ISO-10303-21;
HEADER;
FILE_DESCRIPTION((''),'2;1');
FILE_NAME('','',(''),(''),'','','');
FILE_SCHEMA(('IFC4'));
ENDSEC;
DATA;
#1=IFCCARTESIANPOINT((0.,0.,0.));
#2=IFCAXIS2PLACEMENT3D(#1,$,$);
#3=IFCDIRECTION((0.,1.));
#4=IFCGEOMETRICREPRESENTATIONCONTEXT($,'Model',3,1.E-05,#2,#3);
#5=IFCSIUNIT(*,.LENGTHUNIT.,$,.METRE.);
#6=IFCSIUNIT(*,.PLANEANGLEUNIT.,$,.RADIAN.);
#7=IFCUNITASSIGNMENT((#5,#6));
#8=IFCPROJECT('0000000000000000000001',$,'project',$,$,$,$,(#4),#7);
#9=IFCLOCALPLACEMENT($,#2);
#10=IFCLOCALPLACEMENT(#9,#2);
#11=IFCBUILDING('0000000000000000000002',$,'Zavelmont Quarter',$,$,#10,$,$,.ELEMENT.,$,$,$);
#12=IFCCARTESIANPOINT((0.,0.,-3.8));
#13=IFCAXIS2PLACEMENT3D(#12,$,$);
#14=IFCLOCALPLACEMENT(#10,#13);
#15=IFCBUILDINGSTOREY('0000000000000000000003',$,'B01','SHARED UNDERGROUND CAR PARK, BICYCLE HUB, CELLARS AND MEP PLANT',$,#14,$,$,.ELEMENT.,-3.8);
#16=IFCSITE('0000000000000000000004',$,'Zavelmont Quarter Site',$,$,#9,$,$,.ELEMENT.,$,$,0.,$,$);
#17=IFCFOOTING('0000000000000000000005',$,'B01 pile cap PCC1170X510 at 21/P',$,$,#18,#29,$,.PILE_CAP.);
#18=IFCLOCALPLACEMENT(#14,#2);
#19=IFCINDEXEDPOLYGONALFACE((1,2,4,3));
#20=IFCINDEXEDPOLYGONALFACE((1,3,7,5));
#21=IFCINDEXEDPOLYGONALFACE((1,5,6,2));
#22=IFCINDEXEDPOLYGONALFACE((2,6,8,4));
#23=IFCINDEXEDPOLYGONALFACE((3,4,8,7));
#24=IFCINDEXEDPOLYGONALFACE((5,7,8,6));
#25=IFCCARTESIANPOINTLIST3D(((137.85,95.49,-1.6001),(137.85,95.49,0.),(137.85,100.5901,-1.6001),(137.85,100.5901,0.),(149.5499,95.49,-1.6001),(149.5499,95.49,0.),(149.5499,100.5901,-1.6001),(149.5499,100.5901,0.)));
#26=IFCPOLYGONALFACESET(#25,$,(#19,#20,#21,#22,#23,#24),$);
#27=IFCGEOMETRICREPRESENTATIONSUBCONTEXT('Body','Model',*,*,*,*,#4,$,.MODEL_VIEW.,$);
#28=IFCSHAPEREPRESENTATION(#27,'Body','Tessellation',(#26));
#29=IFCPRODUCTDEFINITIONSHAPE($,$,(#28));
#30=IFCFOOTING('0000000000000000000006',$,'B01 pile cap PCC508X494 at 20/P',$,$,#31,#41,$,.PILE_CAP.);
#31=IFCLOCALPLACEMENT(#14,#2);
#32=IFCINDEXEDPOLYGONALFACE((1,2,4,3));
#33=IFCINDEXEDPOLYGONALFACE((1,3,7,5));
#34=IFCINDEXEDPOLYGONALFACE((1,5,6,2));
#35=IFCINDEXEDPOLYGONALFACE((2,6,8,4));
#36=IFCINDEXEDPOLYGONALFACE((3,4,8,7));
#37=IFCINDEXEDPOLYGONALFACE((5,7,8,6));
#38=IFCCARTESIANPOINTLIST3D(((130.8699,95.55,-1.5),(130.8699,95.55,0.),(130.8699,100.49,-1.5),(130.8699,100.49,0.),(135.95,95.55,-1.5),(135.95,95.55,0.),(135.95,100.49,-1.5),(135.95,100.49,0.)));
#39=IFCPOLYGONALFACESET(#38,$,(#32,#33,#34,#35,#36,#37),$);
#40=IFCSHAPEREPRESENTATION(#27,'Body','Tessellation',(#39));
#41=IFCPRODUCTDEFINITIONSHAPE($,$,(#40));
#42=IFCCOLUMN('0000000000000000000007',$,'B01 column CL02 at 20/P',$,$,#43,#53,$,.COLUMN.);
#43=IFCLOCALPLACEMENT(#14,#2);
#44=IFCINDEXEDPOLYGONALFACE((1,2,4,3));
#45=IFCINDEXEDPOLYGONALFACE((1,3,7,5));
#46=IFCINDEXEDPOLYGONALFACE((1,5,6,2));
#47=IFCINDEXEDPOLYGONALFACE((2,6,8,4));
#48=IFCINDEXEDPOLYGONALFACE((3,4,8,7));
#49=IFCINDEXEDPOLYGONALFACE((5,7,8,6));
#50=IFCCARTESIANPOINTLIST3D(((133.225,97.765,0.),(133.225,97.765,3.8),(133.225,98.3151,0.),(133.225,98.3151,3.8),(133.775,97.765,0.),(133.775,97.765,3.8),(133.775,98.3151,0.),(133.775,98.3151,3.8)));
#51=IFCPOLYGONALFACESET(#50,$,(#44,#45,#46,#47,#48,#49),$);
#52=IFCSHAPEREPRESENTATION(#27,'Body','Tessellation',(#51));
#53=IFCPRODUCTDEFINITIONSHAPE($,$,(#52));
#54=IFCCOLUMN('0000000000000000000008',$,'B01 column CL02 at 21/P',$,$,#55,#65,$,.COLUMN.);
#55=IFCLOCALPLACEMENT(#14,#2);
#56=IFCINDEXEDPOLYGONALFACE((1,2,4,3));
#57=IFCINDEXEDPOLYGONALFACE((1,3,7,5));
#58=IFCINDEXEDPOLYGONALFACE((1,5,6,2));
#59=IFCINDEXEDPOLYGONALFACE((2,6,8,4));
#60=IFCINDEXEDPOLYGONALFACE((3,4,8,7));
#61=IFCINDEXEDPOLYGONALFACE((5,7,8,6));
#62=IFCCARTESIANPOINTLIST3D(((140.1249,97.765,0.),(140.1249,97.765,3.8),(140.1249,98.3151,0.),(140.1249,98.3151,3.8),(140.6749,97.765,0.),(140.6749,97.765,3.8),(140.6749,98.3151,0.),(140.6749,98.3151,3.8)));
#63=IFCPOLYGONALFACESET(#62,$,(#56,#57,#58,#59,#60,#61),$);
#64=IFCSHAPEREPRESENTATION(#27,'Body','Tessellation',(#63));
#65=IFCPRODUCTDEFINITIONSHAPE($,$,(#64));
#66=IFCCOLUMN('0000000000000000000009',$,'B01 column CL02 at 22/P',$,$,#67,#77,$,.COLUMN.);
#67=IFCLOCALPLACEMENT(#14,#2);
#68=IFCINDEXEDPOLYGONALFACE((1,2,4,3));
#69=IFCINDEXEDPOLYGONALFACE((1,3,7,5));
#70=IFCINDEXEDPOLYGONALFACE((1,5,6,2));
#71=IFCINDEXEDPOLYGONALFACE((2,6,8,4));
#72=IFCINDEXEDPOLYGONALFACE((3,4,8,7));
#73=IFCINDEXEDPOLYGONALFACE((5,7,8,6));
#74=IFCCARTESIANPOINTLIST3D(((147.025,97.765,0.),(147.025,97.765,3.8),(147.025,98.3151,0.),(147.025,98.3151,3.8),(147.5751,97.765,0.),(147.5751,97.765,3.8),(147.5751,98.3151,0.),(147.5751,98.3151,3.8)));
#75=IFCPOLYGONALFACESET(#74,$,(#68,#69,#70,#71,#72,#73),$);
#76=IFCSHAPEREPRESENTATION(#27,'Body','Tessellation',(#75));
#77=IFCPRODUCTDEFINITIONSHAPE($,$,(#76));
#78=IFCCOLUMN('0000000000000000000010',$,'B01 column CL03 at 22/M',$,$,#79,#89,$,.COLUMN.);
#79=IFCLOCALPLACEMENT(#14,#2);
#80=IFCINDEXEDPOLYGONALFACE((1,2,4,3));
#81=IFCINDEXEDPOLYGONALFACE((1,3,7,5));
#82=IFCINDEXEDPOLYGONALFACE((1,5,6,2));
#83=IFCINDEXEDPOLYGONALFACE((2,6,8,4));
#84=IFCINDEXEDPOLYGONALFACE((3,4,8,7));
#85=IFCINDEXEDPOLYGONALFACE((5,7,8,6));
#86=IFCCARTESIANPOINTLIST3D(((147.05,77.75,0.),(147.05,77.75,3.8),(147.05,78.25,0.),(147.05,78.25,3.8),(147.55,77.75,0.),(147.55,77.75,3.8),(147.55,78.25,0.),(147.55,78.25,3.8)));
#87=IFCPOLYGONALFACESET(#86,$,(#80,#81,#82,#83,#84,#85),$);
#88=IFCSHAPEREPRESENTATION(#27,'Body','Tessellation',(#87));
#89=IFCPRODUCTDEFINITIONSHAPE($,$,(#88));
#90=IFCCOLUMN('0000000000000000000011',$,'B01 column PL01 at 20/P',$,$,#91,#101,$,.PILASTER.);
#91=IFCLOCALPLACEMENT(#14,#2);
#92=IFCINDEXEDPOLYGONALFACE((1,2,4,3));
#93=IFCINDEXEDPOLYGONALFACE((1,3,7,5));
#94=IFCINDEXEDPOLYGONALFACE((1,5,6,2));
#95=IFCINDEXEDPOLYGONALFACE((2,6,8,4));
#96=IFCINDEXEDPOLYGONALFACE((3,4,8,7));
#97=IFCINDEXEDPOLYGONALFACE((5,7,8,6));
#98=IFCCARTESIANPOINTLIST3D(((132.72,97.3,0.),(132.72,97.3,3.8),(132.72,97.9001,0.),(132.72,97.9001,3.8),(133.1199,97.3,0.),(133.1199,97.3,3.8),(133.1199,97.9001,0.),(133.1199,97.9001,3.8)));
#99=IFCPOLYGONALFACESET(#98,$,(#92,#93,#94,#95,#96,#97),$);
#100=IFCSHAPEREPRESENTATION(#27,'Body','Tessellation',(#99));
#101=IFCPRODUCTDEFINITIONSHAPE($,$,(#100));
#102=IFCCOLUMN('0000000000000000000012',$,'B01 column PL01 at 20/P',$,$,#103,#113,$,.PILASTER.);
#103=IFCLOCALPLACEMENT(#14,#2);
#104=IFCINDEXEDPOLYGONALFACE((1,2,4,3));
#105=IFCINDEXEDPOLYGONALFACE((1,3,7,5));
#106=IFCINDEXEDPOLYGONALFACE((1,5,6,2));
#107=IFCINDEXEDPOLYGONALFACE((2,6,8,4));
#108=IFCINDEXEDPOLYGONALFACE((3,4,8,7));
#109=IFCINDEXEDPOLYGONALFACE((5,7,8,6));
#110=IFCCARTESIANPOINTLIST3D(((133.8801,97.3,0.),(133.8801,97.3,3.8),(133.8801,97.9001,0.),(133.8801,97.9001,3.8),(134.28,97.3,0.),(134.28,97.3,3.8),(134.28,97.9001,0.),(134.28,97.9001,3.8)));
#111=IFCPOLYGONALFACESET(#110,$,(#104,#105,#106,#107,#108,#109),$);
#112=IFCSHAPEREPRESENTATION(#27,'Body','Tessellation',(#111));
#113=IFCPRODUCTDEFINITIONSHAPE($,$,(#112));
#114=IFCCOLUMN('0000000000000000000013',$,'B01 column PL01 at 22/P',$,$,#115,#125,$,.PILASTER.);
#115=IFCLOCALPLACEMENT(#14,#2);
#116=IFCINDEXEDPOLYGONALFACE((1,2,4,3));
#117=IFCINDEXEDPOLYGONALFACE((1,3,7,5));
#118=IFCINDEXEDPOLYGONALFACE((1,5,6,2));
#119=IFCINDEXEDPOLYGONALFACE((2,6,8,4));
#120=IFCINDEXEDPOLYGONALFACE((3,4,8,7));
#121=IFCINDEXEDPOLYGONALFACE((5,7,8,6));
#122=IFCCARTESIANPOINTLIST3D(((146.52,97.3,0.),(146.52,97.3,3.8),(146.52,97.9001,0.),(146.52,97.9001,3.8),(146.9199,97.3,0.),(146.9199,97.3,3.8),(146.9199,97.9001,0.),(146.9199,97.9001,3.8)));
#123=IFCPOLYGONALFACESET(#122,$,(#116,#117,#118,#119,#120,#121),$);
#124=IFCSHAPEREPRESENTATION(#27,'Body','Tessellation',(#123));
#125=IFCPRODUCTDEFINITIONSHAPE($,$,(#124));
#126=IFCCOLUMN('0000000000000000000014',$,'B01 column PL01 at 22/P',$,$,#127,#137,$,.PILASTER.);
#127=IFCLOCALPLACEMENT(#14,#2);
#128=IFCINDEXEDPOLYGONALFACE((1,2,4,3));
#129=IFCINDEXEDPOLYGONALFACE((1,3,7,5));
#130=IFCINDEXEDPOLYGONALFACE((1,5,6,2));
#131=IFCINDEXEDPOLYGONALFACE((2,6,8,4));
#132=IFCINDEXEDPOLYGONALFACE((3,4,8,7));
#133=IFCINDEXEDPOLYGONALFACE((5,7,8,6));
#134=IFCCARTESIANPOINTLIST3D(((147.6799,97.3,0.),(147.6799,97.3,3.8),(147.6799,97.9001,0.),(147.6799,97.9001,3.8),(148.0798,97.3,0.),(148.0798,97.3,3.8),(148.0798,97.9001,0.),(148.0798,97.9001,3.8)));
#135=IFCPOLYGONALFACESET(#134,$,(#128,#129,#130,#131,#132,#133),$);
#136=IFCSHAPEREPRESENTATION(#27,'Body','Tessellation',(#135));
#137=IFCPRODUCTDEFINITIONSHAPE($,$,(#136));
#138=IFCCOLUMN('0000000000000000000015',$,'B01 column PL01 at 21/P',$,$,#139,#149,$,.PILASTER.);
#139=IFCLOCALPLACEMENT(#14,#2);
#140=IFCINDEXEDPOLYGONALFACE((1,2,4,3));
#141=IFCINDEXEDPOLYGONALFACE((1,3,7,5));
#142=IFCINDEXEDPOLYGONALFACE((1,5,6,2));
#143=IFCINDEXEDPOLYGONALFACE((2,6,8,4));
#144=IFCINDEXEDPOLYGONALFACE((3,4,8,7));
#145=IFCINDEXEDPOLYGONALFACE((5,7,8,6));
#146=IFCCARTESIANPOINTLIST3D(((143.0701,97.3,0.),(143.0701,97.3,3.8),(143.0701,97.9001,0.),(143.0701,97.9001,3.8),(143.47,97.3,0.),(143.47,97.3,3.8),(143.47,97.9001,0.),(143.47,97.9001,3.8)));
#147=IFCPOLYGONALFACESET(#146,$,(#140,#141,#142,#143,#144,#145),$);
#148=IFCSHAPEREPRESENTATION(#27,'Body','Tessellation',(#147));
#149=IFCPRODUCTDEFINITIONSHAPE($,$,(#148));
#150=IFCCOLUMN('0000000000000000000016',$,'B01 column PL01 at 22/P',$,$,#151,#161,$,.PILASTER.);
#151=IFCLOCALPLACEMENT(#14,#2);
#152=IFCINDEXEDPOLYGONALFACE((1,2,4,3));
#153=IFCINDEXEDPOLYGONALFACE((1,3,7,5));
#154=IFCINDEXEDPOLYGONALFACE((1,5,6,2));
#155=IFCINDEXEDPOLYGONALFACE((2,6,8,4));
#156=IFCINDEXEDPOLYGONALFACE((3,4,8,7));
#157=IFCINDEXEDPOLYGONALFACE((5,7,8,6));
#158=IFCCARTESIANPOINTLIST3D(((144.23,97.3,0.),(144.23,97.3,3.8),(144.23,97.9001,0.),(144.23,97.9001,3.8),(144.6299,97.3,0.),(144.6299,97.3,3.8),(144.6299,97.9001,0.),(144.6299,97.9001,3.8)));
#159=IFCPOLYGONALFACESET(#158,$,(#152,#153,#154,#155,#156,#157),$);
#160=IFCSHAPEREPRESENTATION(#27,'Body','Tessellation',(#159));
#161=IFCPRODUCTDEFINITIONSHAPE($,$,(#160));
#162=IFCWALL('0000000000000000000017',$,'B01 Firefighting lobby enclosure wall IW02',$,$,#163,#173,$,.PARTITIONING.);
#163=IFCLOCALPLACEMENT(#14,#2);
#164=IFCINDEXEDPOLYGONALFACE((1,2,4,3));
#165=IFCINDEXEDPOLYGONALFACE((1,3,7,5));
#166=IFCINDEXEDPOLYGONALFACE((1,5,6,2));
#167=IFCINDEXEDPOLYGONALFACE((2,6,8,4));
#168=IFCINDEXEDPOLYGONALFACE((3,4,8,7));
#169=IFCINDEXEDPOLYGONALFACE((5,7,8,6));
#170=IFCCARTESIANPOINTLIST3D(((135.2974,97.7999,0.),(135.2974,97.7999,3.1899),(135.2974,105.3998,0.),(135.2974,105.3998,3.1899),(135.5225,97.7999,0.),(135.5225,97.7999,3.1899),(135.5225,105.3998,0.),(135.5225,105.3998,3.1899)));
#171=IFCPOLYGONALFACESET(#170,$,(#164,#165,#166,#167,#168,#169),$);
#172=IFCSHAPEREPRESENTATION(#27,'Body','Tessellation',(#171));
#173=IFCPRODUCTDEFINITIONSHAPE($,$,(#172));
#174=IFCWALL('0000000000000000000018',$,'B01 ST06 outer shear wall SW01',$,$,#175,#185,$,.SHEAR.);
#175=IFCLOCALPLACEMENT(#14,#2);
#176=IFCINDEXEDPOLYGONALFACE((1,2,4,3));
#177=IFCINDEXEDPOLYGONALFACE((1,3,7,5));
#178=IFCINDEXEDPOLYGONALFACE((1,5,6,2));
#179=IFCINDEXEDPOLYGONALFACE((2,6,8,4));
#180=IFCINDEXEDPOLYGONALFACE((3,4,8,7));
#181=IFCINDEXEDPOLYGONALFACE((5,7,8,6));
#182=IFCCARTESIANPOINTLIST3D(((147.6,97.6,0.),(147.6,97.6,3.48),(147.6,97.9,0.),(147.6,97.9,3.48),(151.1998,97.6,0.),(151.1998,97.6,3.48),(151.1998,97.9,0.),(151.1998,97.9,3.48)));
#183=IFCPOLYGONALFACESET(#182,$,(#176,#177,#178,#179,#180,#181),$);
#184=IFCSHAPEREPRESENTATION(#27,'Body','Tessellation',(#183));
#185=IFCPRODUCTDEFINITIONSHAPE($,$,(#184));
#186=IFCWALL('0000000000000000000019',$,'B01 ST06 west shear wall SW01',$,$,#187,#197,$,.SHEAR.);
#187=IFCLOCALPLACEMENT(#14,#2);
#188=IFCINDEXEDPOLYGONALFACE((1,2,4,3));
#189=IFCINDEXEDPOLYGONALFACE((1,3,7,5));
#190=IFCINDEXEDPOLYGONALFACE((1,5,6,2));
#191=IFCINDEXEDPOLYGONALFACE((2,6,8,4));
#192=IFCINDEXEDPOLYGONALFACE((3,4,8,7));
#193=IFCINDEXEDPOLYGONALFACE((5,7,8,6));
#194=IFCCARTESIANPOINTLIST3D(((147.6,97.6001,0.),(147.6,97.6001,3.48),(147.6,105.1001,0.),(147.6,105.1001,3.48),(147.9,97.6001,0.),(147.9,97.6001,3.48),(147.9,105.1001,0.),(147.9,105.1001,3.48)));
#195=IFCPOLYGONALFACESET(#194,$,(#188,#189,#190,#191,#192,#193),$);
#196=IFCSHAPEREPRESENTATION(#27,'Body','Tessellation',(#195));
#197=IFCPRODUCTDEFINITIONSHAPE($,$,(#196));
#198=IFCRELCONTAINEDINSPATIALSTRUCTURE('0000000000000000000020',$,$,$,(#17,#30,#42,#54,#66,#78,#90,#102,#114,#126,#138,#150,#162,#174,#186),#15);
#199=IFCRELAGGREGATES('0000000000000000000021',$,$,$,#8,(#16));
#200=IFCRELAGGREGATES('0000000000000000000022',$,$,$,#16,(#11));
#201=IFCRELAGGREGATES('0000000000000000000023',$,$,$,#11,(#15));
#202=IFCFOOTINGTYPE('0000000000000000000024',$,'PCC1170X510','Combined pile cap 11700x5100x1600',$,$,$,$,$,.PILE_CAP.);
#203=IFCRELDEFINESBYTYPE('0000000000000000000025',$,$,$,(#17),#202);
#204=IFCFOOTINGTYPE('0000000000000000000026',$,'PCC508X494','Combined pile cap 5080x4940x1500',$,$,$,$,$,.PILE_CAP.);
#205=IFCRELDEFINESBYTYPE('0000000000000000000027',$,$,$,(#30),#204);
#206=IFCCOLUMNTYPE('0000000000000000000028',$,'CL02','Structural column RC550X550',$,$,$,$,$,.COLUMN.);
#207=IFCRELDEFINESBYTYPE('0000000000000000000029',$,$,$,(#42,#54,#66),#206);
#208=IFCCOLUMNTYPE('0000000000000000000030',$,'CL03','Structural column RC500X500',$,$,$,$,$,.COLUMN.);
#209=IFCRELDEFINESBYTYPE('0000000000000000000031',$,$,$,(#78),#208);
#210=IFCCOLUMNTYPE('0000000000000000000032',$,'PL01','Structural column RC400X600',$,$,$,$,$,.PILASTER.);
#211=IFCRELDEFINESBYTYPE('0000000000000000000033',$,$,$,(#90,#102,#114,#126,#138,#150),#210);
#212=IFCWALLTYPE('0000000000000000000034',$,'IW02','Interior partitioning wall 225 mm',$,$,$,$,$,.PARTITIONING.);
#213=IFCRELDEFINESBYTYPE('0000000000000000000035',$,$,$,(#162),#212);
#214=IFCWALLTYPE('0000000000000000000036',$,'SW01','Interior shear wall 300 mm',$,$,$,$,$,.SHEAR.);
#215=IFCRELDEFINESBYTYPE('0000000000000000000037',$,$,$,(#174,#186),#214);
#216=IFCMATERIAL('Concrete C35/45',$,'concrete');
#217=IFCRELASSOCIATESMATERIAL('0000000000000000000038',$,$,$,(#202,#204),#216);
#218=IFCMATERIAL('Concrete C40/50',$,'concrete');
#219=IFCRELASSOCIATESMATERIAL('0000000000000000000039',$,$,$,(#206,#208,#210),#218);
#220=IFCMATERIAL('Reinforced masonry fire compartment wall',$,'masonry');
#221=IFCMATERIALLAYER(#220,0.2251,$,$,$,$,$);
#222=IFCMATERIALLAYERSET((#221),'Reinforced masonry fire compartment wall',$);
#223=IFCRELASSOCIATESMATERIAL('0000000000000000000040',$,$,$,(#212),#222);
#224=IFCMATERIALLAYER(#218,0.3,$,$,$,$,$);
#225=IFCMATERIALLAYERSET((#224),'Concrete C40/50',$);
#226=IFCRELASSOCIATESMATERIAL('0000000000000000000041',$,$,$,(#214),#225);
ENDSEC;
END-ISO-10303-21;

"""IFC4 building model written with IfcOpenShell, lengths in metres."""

from ifc_helpers import new_model, si_unit, direction, frame, frame_2d, origin, origin_2d, place, context, subcontext, project, spatial, rectangle, extrude, material, layer, layer_set, material_profile, profile_set, type_object, element, save


model = new_model("IFC4")

# Units and contexts
model_context = context("Model", 3, precision=1e-05, world=origin(), true_north=direction((0.0, 1.0)))
body_context = subcontext(model_context, "Body", "Model", "MODEL_VIEW")
ifc_project = project(units=[si_unit("LENGTHUNIT", "METRE"), si_unit("PLANEANGLEUNIT", "RADIAN")], contexts=[model_context])

# Site, building, storey
site_placement = place(None, origin())
site = spatial("IfcSite", under=ifc_project, at=site_placement, Name="Zavelmont Quarter Site", CompositionType="ELEMENT", RefElevation=0.0)
building_placement = place(site_placement, origin())
building = spatial("IfcBuilding", under=site, at=building_placement, Name="Zavelmont Quarter", CompositionType="ELEMENT")
storey_placement = place(building_placement, frame((0.0, 0.0, -3.8)))
storey = spatial("IfcBuildingStorey", under=building, at=storey_placement, Name="B01", Description="SHARED UNDERGROUND CAR PARK, BICYCLE HUB, CELLARS AND MEP PLANT", CompositionType="ELEMENT", Elevation=-3.8)

# Shared definitions
ifc_material_1 = material(Name="Concrete C35/45", Category="concrete")

# Footings
footing_type_1 = type_object("IfcFootingType", Name="PCC1170X510", Description="Combined pile cap 11700x5100x1600", PredefinedType="PILE_CAP", material=ifc_material_1)
footing_1_placement = place(storey_placement, frame((143.7, 98.04, -1.6001), z_axis=(0.0, 0.0, 1.0), x_axis=(1.0, 0.0, 0.0)))
element("IfcFooting", 1, at=footing_1_placement, inside=storey, type_object=footing_type_1, Name="B01 pile cap PCC1170X510 at 21/P", PredefinedType="PILE_CAP", context=body_context, shape_type="SweptSolid", body=[
    extrude(rectangle(XDim=11.7, YDim=5.1001, at=origin_2d()), origin(), (0.0, 0.0, 1.0), 1.6001),
])
footing_type_2 = type_object("IfcFootingType", Name="PCC508X494", Description="Combined pile cap 5080x4940x1500", PredefinedType="PILE_CAP", material=ifc_material_1)
footing_2_placement = place(storey_placement, frame((133.4099, 98.02, -1.5), z_axis=(0.0, 0.0, 1.0), x_axis=(1.0, 0.0, 0.0)))
element("IfcFooting", 2, at=footing_2_placement, inside=storey, type_object=footing_type_2, Name="B01 pile cap PCC508X494 at 20/P", PredefinedType="PILE_CAP", context=body_context, shape_type="SweptSolid", body=[
    extrude(rectangle(XDim=5.0801, YDim=4.9399, at=origin_2d()), origin(), (0.0, 0.0, 1.0), 1.5),
])

# Columns
ifc_material_2 = material(Name="Concrete C40/50", Category="concrete")
ifc_material_profile_1 = material_profile(ifc_material_2, rectangle(XDim=0.55, YDim=0.55, at=origin_2d()), Name="RC550X550")
ifc_profile_set_1 = profile_set([ifc_material_profile_1], Name="Concrete C40/50")
column_type_1 = type_object("IfcColumnType", Name="CL02", Description="Structural column RC550X550", PredefinedType="COLUMN", material=ifc_profile_set_1)
for number, where, z_axis, x_axis, name in (
    (3, (133.5, 98.04, 0.0), (0.0, 0.0, 1.0), (1.0, 0.0, 0.0), "B01 column CL02 at 20/P"),
    (4, (140.3999, 98.04, 0.0), (0.0, 0.0, 1.0), (1.0, 0.0, 0.0), "B01 column CL02 at 21/P"),
    (5, (147.3, 98.04, 0.0), (0.0, 0.0, 1.0), (1.0, 0.0, 0.0), "B01 column CL02 at 22/P"),
):
    element("IfcColumn", number, at=place(storey_placement, frame(where, z_axis=z_axis, x_axis=x_axis)), inside=storey, type_object=column_type_1, Name=name, PredefinedType="COLUMN", context=body_context, shape_type="SweptSolid", body=[
        extrude(rectangle(XDim=0.55, YDim=0.55, at=origin_2d()), origin(), (0.0, 0.0, 1.0), 3.8),
    ])
ifc_material_profile_2 = material_profile(ifc_material_2, rectangle(XDim=0.5, YDim=0.5, at=origin_2d()), Name="RC500X500")
ifc_profile_set_2 = profile_set([ifc_material_profile_2], Name="Concrete C40/50")
column_type_2 = type_object("IfcColumnType", Name="CL03", Description="Structural column RC500X500", PredefinedType="COLUMN", material=ifc_profile_set_2)
column_placement = place(storey_placement, frame((147.3, 78.0, 0.0), z_axis=(0.0, 0.0, 1.0), x_axis=(1.0, 0.0, 0.0)))
element("IfcColumn", 6, at=column_placement, inside=storey, type_object=column_type_2, Name="B01 column CL03 at 22/M", PredefinedType="COLUMN", context=body_context, shape_type="SweptSolid", body=[
    extrude(rectangle(XDim=0.5, YDim=0.5, at=origin_2d()), origin(), (0.0, 0.0, 1.0), 3.8),
])
ifc_material_profile_3 = material_profile(ifc_material_2, rectangle(XDim=0.3999, YDim=0.6001, at=origin_2d()), Name="RC400X600")
ifc_profile_set_3 = profile_set([ifc_material_profile_3], Name="Concrete C40/50")
column_type_3 = type_object("IfcColumnType", Name="PL01", Description="Structural column RC400X600", PredefinedType="PILASTER", material=ifc_profile_set_3)
for number, where, z_axis, x_axis, name in (
    (7, (132.9199, 97.6001, 0.0), (0.0, 0.0, 1.0), (1.0, 0.0, 0.0), "B01 column PL01 at 20/P"),
    (8, (134.0801, 97.6001, 0.0), (0.0, 0.0, 1.0), (1.0, 0.0, 0.0), "B01 column PL01 at 20/P"),
    (9, (146.72, 97.6001, 0.0), (0.0, 0.0, 1.0), (1.0, 0.0, 0.0), "B01 column PL01 at 22/P"),
    (10, (147.8799, 97.6001, 0.0), (0.0, 0.0, 1.0), (1.0, 0.0, 0.0), "B01 column PL01 at 22/P"),
    (11, (143.27, 97.6001, 0.0), (0.0, 0.0, 1.0), (1.0, 0.0, 0.0), "B01 column PL01 at 21/P"),
    (12, (144.4299, 97.6001, 0.0), (0.0, 0.0, 1.0), (1.0, 0.0, 0.0), "B01 column PL01 at 22/P"),
):
    element("IfcColumn", number, at=place(storey_placement, frame(where, z_axis=z_axis, x_axis=x_axis)), inside=storey, type_object=column_type_3, Name=name, PredefinedType="PILASTER", context=body_context, shape_type="SweptSolid", body=[
        extrude(rectangle(XDim=0.3999, YDim=0.6001, at=origin_2d()), origin(), (0.0, 0.0, 1.0), 3.8),
    ])

# Walls
ifc_material_3 = material(Name="Reinforced masonry fire compartment wall", Category="masonry")
ifc_layer_1 = layer(ifc_material_3, 0.2251)
ifc_layer_set_1 = layer_set([ifc_layer_1], Name="Reinforced masonry fire compartment wall")
wall_type_1 = type_object("IfcWallType", Name="IW02", Description="Interior partitioning wall 225 mm", PredefinedType="PARTITIONING", material=ifc_layer_set_1)
wall_1_placement = place(storey_placement, frame((135.4099, 97.8, 0.0), z_axis=(0.0, 0.0, 1.0), x_axis=(0.0, 1.0, 0.0)))
element("IfcWall", 13, at=wall_1_placement, inside=storey, type_object=wall_type_1, Name="B01 Firefighting lobby enclosure wall IW02", PredefinedType="PARTITIONING", context=body_context, shape_type="SweptSolid", body=[
    extrude(rectangle(XDim=7.5999, YDim=0.2251, at=frame_2d((3.7998, 0.0))), origin(), (0.0, 0.0, 1.0), 3.1899),
])
ifc_layer_2 = layer(ifc_material_2, 0.3)
ifc_layer_set_2 = layer_set([ifc_layer_2], Name="Concrete C40/50")
wall_type_2 = type_object("IfcWallType", Name="SW01", Description="Interior shear wall 300 mm", PredefinedType="SHEAR", material=ifc_layer_set_2)
wall_2_placement = place(storey_placement, frame((147.6001, 97.75, 0.0), z_axis=(0.0, 0.0, 1.0), x_axis=(1.0, 0.0, 0.0)))
element("IfcWall", 14, at=wall_2_placement, inside=storey, type_object=wall_type_2, Name="B01 ST06 outer shear wall SW01", PredefinedType="SHEAR", context=body_context, shape_type="SweptSolid", body=[
    extrude(rectangle(XDim=3.5999, YDim=0.3, at=frame_2d((1.7998, 0.0))), origin(), (0.0, 0.0, 1.0), 3.48),
])
wall_3_placement = place(storey_placement, frame((147.75, 97.6001, 0.0), z_axis=(0.0, 0.0, 1.0), x_axis=(0.0, 1.0, 0.0)))
element("IfcWall", 15, at=wall_3_placement, inside=storey, type_object=wall_type_2, Name="B01 ST06 west shear wall SW01", PredefinedType="SHEAR", context=body_context, shape_type="SweptSolid", body=[
    extrude(rectangle(XDim=7.5, YDim=0.3, at=frame_2d((3.75, 0.0))), origin(), (0.0, 0.0, 1.0), 3.48),
])

save(model, "model.ifc")
